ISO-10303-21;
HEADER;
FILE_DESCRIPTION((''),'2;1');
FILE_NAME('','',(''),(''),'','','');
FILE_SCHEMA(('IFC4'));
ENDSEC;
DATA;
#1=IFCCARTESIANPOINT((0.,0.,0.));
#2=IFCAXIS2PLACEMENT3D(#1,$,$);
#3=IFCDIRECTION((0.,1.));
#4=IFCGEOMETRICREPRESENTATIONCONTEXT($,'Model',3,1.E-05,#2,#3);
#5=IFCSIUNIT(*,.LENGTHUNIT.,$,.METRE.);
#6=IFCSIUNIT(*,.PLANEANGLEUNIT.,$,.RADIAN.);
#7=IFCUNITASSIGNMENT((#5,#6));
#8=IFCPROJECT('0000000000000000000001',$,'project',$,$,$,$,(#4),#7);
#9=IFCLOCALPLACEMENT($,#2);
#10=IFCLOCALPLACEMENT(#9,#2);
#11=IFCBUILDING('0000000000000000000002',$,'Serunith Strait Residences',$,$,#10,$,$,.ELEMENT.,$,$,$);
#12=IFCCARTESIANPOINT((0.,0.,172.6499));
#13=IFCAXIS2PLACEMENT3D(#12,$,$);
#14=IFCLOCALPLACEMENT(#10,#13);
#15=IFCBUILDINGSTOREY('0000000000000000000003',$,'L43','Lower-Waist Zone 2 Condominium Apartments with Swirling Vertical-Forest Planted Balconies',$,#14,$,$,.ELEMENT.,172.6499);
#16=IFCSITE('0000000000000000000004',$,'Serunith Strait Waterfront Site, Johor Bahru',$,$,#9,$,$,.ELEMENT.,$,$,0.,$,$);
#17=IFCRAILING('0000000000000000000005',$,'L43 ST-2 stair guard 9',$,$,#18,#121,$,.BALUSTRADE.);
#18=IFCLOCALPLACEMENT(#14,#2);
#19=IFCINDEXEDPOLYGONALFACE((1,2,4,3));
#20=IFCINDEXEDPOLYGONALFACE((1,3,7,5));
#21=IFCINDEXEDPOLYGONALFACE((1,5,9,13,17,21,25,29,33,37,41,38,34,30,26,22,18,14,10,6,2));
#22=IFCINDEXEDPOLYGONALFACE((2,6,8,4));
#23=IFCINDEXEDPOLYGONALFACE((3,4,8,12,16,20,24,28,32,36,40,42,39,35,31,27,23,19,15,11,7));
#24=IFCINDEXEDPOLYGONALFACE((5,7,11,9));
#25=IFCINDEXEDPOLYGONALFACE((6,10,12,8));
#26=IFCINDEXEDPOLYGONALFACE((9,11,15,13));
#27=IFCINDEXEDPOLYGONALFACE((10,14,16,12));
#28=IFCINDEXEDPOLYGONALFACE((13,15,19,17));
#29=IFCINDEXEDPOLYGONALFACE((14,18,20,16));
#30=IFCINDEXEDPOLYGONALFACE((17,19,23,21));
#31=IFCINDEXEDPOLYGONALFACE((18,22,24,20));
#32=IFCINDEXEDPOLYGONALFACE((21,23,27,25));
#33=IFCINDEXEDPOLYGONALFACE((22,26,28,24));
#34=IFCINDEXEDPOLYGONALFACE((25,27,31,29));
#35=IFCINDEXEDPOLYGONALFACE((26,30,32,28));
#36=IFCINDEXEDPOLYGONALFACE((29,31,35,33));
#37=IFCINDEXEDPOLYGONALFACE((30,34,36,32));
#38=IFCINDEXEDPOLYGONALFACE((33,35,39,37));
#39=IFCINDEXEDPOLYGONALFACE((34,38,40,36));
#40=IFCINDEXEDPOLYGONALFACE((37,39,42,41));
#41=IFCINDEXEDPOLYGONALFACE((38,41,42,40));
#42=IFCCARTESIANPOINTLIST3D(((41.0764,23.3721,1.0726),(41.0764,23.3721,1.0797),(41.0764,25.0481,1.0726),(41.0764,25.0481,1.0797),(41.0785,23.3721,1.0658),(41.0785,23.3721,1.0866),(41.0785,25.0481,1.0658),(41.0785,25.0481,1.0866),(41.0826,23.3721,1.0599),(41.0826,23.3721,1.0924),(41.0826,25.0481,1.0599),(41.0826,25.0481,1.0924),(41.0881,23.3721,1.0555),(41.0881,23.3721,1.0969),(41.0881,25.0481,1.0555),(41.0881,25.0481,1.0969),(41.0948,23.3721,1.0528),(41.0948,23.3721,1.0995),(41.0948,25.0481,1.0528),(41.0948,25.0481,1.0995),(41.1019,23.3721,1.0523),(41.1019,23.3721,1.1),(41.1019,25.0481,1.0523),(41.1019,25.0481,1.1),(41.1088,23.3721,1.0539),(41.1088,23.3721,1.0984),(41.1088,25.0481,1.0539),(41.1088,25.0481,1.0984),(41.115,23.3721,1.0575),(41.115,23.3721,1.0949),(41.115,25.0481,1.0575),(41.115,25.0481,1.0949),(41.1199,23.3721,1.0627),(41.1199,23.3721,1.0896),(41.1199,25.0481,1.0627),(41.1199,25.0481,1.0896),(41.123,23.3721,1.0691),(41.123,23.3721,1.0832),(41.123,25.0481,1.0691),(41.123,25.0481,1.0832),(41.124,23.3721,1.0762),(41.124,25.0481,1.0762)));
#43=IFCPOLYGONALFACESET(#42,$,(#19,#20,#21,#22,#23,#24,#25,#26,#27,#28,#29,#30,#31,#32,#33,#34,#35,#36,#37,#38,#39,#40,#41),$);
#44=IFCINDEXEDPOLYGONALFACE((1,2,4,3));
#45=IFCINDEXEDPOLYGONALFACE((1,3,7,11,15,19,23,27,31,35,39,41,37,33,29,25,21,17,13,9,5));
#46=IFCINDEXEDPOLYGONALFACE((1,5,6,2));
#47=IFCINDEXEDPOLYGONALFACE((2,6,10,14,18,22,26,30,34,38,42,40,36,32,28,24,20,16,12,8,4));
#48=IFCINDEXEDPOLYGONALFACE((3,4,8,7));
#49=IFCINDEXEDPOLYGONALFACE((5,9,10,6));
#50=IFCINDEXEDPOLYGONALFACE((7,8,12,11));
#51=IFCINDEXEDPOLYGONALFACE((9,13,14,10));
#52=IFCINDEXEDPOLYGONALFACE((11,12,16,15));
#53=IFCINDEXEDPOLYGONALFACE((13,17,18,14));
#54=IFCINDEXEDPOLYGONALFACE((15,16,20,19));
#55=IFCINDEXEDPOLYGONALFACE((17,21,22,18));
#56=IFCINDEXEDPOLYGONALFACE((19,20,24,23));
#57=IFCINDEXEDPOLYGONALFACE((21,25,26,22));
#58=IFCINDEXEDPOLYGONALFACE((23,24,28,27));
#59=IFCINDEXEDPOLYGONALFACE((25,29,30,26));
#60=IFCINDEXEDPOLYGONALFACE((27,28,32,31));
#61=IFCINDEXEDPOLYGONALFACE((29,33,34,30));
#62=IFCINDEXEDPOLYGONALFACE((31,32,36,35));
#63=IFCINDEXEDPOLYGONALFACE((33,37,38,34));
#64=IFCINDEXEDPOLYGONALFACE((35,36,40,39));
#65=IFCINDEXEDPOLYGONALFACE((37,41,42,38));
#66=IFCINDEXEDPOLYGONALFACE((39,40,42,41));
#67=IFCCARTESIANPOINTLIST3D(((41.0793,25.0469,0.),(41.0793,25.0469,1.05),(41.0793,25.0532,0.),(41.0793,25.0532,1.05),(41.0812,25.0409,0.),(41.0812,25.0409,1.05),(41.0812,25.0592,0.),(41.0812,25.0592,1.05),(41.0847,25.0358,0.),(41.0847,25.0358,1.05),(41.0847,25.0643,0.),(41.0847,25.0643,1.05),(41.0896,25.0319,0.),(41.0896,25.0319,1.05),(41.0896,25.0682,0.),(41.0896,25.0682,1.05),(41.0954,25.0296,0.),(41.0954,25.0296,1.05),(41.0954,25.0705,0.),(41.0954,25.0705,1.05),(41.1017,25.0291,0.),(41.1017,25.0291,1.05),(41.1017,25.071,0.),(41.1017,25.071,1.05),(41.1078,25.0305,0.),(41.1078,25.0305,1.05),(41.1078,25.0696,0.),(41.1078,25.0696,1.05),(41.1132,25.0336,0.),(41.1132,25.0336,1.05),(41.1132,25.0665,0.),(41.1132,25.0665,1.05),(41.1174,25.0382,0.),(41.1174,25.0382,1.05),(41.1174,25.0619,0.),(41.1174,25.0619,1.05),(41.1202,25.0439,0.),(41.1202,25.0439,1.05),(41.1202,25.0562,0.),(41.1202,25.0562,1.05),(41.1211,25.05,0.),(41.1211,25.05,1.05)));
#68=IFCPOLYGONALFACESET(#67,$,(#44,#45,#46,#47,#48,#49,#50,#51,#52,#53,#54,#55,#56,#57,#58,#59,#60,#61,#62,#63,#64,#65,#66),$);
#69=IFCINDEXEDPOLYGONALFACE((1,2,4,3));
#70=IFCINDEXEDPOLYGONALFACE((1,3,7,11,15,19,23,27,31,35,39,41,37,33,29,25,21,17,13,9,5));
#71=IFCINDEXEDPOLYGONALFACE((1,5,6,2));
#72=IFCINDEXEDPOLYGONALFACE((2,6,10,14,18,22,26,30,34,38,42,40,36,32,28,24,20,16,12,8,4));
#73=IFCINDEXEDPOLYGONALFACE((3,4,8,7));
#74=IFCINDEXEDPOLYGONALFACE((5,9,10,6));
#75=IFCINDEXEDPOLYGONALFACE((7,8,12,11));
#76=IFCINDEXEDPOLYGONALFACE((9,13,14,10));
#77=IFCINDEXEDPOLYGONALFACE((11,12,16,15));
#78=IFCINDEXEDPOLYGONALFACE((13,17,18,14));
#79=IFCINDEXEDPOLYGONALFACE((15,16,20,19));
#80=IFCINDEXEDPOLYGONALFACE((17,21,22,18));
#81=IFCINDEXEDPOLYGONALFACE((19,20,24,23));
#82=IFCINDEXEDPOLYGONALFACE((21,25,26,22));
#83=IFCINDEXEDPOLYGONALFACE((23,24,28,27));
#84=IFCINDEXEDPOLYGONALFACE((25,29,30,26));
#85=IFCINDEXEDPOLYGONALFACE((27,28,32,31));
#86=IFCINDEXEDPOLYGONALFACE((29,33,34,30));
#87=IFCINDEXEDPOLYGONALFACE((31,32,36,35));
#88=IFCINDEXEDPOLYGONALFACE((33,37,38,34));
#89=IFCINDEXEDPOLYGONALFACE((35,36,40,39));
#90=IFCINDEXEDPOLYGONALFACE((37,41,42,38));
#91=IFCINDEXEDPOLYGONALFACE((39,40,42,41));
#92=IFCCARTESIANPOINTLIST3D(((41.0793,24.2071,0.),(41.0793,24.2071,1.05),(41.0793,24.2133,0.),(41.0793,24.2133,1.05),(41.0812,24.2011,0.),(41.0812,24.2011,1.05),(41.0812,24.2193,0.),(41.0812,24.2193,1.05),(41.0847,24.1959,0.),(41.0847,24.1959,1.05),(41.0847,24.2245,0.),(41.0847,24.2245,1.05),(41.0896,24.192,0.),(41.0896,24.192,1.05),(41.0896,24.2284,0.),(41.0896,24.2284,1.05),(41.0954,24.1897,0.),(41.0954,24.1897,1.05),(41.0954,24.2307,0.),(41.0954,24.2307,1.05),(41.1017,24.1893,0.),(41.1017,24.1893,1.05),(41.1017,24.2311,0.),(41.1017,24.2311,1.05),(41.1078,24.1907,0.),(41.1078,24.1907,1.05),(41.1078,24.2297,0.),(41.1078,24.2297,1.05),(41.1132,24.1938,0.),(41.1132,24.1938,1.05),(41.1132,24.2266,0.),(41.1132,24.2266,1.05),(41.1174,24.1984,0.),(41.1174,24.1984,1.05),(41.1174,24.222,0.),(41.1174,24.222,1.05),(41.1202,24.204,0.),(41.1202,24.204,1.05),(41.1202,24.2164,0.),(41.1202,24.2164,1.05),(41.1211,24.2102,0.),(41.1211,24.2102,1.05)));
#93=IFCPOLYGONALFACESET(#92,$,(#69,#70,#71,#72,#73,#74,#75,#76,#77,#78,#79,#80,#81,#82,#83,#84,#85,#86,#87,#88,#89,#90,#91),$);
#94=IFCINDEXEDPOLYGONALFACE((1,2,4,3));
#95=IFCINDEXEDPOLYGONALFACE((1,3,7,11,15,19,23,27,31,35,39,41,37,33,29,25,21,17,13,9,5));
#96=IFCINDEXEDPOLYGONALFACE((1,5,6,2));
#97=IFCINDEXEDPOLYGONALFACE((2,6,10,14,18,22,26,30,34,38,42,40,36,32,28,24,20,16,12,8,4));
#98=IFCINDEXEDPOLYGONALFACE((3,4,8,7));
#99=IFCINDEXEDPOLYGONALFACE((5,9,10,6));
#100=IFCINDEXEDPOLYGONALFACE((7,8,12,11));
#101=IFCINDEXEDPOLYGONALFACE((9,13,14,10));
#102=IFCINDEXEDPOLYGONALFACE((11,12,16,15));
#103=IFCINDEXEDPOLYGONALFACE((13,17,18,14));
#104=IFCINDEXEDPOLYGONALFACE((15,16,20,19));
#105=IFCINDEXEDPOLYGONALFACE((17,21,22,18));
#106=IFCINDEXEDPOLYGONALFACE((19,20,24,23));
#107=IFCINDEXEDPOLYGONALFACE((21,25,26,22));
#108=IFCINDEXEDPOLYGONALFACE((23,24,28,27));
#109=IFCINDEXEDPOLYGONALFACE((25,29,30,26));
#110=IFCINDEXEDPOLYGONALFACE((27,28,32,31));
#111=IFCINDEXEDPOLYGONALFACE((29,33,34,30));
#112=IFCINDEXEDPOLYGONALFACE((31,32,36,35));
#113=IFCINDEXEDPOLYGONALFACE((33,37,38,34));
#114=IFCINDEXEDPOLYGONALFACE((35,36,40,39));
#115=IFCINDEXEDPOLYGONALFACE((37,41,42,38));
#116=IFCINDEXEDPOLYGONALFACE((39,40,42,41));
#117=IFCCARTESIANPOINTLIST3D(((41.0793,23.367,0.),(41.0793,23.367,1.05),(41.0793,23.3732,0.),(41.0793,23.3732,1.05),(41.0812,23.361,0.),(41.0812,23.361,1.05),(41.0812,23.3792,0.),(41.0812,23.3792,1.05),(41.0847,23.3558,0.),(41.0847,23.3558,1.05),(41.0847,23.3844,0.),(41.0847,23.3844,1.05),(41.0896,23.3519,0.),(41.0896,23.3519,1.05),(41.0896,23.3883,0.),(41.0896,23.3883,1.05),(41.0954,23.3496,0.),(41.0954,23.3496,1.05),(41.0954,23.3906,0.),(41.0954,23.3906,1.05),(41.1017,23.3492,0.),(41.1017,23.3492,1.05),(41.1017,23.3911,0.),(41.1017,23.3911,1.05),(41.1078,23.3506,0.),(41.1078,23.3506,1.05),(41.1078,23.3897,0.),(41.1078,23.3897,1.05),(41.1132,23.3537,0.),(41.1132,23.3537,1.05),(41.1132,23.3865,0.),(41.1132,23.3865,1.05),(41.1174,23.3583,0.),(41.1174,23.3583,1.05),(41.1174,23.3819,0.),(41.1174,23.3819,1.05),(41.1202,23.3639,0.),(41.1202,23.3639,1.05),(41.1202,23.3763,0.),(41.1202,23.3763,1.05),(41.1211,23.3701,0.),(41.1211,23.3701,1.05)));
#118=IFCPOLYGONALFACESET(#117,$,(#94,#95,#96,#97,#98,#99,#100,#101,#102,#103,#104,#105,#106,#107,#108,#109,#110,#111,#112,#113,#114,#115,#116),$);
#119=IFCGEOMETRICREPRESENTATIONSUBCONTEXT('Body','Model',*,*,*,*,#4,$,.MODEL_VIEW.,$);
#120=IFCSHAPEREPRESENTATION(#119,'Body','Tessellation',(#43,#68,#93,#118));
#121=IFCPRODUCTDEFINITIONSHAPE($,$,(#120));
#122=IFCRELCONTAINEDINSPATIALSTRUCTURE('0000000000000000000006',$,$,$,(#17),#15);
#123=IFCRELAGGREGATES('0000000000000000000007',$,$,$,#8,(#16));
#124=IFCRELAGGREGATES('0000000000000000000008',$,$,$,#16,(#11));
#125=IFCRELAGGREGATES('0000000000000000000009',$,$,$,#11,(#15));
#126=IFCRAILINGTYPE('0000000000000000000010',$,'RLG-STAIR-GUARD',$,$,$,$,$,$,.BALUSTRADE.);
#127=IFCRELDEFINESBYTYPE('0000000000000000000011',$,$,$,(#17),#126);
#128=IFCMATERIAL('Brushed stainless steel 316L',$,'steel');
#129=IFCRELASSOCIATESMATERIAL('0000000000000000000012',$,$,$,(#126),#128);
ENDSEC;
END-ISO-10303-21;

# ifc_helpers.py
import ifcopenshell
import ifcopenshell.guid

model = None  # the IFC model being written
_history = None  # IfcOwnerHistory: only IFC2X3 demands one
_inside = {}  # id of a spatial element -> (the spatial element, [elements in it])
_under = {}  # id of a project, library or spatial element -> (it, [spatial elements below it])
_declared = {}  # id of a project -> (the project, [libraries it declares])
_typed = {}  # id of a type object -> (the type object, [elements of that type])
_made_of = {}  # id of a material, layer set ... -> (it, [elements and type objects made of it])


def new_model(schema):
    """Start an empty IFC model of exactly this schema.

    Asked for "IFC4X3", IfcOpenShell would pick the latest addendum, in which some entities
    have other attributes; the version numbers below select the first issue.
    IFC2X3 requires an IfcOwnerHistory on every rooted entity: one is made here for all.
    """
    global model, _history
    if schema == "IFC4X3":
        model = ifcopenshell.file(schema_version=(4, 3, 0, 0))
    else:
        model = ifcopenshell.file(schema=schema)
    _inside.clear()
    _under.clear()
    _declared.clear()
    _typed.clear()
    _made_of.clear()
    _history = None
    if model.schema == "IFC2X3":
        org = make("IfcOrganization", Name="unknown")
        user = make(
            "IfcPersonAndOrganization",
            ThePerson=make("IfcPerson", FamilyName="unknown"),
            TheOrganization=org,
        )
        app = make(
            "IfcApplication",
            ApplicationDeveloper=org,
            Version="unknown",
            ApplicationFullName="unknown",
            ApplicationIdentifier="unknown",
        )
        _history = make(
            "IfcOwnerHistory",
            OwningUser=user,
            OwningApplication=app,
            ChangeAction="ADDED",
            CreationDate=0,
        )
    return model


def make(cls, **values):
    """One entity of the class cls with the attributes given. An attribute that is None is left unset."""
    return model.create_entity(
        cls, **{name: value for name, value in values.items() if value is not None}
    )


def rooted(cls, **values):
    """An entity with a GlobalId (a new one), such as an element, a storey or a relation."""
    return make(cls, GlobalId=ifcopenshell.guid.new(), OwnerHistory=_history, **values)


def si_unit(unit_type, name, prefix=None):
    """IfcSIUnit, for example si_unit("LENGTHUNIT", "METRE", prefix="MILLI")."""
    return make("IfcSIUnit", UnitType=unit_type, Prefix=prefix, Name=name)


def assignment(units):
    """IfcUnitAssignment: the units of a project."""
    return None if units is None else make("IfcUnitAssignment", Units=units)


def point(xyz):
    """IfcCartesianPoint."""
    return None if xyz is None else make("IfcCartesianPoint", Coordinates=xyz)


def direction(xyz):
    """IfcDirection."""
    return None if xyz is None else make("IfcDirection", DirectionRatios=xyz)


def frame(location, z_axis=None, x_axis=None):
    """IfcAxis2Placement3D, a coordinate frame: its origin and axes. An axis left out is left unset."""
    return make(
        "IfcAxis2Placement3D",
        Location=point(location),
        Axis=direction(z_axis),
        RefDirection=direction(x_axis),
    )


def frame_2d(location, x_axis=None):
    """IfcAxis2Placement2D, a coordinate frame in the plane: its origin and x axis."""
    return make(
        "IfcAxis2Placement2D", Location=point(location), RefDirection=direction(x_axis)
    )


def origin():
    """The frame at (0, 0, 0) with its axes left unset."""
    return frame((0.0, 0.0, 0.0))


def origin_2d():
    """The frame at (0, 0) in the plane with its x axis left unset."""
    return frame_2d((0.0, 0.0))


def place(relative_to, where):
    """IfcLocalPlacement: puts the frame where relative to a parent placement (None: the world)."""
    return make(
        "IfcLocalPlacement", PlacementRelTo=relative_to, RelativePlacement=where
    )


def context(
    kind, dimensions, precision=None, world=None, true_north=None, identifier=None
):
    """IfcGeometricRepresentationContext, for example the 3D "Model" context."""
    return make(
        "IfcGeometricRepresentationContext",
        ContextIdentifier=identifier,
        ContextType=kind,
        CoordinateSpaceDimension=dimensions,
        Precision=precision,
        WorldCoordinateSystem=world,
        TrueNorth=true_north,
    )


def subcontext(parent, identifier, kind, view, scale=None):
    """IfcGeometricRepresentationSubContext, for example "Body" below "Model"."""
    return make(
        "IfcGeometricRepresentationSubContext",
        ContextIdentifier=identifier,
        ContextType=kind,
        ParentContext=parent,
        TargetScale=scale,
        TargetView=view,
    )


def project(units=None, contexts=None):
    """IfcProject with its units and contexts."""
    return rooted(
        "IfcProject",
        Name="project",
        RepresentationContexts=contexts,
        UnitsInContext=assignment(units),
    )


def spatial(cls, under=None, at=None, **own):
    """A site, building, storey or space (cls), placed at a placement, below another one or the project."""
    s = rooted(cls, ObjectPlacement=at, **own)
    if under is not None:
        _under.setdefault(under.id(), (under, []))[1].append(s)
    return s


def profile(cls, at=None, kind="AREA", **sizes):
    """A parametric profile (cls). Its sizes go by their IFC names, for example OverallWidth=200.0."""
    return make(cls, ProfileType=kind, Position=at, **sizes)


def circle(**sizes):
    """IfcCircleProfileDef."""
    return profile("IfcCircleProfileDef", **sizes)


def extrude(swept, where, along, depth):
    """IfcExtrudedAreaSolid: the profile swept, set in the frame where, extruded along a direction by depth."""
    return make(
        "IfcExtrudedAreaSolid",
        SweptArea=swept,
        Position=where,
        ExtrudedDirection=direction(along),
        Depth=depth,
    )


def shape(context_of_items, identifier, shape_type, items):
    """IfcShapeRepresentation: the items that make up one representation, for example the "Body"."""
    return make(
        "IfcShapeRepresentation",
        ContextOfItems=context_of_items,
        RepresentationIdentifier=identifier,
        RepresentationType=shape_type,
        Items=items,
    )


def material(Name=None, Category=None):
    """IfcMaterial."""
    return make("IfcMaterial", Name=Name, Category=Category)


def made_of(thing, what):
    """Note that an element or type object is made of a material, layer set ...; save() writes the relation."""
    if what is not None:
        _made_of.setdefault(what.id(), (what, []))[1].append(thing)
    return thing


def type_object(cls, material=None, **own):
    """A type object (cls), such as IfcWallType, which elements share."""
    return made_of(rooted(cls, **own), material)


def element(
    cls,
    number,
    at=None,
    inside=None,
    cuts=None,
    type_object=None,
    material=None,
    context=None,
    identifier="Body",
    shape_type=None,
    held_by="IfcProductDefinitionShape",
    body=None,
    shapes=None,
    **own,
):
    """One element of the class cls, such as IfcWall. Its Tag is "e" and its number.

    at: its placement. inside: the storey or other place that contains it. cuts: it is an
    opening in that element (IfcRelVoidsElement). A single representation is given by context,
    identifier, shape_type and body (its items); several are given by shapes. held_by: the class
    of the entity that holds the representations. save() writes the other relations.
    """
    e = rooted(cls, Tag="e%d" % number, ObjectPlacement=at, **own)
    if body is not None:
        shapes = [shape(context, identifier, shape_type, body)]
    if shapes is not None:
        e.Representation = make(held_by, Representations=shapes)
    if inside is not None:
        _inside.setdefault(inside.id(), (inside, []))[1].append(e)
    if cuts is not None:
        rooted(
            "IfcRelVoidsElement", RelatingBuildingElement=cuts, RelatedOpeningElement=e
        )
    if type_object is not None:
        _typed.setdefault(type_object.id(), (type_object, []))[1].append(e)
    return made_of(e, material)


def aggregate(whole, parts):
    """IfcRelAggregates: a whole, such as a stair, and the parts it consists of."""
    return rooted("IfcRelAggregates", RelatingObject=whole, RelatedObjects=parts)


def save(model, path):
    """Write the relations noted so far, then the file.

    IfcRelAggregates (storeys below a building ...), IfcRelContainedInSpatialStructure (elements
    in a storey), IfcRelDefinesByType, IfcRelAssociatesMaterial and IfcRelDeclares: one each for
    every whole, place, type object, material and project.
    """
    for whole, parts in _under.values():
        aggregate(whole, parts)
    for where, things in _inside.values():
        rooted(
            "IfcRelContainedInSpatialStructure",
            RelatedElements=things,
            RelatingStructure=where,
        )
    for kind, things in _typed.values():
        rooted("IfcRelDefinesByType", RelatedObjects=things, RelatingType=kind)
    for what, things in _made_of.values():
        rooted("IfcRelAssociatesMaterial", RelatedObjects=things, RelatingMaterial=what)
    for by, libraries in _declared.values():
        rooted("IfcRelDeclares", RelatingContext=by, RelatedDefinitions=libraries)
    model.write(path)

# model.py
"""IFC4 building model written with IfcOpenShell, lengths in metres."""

from ifc_helpers import new_model, si_unit, direction, frame, origin, origin_2d, place, context, subcontext, project, spatial, circle, extrude, material, type_object, element, save


model = new_model("IFC4")

# Units and contexts
model_context = context("Model", 3, precision=1e-05, world=origin(), true_north=direction((0.0, 1.0)))
body_context = subcontext(model_context, "Body", "Model", "MODEL_VIEW")
ifc_project = project(units=[si_unit("LENGTHUNIT", "METRE"), si_unit("PLANEANGLEUNIT", "RADIAN")], contexts=[model_context])

# Site, building, storey
site_placement = place(None, origin())
site = spatial("IfcSite", under=ifc_project, at=site_placement, Name="Serunith Strait Waterfront Site, Johor Bahru", CompositionType="ELEMENT", RefElevation=0.0)
building_placement = place(site_placement, origin())
building = spatial("IfcBuilding", under=site, at=building_placement, Name="Serunith Strait Residences", CompositionType="ELEMENT")
storey_placement = place(building_placement, frame((0.0, 0.0, 172.6499)))
storey = spatial("IfcBuildingStorey", under=building, at=storey_placement, Name="L43", Description="Lower-Waist Zone 2 Condominium Apartments with Swirling Vertical-Forest Planted Balconies", CompositionType="ELEMENT", Elevation=172.6499)

# Railing
ifc_material_1 = material(Name="Brushed stainless steel 316L", Category="steel")
railing_type = type_object("IfcRailingType", Name="RLG-STAIR-GUARD", PredefinedType="BALUSTRADE", material=ifc_material_1)
for number, where, name in (
    (1, (41.1001, 25.05, 0.0), "L43 ST-2 stair guard 9"),
):
    element("IfcRailing", number, at=place(storey_placement, frame(where)), inside=storey, type_object=railing_type, Name=name, PredefinedType="BALUSTRADE", context=body_context, shape_type="SweptSolid", body=[
        extrude(circle(Radius=0.0239, at=origin_2d()), frame((0.0, -0.002, 1.0762), z_axis=(0.0, -1.0, 0.0), x_axis=(1.0, 0.0, 0.0)), (0.0, 0.0, 1.0), 1.676),
        extrude(circle(Radius=0.021, at=origin_2d()), origin(), (0.0, 0.0, 1.0), 1.05),
        extrude(circle(Radius=0.021, at=origin_2d()), frame((0.0, -0.8398, 0.0)), (0.0, 0.0, 1.0), 1.05),
        extrude(circle(Radius=0.021, at=origin_2d()), frame((0.0, -1.6799, 0.0)), (0.0, 0.0, 1.0), 1.05),
    ])

save(model, "model.ifc")
